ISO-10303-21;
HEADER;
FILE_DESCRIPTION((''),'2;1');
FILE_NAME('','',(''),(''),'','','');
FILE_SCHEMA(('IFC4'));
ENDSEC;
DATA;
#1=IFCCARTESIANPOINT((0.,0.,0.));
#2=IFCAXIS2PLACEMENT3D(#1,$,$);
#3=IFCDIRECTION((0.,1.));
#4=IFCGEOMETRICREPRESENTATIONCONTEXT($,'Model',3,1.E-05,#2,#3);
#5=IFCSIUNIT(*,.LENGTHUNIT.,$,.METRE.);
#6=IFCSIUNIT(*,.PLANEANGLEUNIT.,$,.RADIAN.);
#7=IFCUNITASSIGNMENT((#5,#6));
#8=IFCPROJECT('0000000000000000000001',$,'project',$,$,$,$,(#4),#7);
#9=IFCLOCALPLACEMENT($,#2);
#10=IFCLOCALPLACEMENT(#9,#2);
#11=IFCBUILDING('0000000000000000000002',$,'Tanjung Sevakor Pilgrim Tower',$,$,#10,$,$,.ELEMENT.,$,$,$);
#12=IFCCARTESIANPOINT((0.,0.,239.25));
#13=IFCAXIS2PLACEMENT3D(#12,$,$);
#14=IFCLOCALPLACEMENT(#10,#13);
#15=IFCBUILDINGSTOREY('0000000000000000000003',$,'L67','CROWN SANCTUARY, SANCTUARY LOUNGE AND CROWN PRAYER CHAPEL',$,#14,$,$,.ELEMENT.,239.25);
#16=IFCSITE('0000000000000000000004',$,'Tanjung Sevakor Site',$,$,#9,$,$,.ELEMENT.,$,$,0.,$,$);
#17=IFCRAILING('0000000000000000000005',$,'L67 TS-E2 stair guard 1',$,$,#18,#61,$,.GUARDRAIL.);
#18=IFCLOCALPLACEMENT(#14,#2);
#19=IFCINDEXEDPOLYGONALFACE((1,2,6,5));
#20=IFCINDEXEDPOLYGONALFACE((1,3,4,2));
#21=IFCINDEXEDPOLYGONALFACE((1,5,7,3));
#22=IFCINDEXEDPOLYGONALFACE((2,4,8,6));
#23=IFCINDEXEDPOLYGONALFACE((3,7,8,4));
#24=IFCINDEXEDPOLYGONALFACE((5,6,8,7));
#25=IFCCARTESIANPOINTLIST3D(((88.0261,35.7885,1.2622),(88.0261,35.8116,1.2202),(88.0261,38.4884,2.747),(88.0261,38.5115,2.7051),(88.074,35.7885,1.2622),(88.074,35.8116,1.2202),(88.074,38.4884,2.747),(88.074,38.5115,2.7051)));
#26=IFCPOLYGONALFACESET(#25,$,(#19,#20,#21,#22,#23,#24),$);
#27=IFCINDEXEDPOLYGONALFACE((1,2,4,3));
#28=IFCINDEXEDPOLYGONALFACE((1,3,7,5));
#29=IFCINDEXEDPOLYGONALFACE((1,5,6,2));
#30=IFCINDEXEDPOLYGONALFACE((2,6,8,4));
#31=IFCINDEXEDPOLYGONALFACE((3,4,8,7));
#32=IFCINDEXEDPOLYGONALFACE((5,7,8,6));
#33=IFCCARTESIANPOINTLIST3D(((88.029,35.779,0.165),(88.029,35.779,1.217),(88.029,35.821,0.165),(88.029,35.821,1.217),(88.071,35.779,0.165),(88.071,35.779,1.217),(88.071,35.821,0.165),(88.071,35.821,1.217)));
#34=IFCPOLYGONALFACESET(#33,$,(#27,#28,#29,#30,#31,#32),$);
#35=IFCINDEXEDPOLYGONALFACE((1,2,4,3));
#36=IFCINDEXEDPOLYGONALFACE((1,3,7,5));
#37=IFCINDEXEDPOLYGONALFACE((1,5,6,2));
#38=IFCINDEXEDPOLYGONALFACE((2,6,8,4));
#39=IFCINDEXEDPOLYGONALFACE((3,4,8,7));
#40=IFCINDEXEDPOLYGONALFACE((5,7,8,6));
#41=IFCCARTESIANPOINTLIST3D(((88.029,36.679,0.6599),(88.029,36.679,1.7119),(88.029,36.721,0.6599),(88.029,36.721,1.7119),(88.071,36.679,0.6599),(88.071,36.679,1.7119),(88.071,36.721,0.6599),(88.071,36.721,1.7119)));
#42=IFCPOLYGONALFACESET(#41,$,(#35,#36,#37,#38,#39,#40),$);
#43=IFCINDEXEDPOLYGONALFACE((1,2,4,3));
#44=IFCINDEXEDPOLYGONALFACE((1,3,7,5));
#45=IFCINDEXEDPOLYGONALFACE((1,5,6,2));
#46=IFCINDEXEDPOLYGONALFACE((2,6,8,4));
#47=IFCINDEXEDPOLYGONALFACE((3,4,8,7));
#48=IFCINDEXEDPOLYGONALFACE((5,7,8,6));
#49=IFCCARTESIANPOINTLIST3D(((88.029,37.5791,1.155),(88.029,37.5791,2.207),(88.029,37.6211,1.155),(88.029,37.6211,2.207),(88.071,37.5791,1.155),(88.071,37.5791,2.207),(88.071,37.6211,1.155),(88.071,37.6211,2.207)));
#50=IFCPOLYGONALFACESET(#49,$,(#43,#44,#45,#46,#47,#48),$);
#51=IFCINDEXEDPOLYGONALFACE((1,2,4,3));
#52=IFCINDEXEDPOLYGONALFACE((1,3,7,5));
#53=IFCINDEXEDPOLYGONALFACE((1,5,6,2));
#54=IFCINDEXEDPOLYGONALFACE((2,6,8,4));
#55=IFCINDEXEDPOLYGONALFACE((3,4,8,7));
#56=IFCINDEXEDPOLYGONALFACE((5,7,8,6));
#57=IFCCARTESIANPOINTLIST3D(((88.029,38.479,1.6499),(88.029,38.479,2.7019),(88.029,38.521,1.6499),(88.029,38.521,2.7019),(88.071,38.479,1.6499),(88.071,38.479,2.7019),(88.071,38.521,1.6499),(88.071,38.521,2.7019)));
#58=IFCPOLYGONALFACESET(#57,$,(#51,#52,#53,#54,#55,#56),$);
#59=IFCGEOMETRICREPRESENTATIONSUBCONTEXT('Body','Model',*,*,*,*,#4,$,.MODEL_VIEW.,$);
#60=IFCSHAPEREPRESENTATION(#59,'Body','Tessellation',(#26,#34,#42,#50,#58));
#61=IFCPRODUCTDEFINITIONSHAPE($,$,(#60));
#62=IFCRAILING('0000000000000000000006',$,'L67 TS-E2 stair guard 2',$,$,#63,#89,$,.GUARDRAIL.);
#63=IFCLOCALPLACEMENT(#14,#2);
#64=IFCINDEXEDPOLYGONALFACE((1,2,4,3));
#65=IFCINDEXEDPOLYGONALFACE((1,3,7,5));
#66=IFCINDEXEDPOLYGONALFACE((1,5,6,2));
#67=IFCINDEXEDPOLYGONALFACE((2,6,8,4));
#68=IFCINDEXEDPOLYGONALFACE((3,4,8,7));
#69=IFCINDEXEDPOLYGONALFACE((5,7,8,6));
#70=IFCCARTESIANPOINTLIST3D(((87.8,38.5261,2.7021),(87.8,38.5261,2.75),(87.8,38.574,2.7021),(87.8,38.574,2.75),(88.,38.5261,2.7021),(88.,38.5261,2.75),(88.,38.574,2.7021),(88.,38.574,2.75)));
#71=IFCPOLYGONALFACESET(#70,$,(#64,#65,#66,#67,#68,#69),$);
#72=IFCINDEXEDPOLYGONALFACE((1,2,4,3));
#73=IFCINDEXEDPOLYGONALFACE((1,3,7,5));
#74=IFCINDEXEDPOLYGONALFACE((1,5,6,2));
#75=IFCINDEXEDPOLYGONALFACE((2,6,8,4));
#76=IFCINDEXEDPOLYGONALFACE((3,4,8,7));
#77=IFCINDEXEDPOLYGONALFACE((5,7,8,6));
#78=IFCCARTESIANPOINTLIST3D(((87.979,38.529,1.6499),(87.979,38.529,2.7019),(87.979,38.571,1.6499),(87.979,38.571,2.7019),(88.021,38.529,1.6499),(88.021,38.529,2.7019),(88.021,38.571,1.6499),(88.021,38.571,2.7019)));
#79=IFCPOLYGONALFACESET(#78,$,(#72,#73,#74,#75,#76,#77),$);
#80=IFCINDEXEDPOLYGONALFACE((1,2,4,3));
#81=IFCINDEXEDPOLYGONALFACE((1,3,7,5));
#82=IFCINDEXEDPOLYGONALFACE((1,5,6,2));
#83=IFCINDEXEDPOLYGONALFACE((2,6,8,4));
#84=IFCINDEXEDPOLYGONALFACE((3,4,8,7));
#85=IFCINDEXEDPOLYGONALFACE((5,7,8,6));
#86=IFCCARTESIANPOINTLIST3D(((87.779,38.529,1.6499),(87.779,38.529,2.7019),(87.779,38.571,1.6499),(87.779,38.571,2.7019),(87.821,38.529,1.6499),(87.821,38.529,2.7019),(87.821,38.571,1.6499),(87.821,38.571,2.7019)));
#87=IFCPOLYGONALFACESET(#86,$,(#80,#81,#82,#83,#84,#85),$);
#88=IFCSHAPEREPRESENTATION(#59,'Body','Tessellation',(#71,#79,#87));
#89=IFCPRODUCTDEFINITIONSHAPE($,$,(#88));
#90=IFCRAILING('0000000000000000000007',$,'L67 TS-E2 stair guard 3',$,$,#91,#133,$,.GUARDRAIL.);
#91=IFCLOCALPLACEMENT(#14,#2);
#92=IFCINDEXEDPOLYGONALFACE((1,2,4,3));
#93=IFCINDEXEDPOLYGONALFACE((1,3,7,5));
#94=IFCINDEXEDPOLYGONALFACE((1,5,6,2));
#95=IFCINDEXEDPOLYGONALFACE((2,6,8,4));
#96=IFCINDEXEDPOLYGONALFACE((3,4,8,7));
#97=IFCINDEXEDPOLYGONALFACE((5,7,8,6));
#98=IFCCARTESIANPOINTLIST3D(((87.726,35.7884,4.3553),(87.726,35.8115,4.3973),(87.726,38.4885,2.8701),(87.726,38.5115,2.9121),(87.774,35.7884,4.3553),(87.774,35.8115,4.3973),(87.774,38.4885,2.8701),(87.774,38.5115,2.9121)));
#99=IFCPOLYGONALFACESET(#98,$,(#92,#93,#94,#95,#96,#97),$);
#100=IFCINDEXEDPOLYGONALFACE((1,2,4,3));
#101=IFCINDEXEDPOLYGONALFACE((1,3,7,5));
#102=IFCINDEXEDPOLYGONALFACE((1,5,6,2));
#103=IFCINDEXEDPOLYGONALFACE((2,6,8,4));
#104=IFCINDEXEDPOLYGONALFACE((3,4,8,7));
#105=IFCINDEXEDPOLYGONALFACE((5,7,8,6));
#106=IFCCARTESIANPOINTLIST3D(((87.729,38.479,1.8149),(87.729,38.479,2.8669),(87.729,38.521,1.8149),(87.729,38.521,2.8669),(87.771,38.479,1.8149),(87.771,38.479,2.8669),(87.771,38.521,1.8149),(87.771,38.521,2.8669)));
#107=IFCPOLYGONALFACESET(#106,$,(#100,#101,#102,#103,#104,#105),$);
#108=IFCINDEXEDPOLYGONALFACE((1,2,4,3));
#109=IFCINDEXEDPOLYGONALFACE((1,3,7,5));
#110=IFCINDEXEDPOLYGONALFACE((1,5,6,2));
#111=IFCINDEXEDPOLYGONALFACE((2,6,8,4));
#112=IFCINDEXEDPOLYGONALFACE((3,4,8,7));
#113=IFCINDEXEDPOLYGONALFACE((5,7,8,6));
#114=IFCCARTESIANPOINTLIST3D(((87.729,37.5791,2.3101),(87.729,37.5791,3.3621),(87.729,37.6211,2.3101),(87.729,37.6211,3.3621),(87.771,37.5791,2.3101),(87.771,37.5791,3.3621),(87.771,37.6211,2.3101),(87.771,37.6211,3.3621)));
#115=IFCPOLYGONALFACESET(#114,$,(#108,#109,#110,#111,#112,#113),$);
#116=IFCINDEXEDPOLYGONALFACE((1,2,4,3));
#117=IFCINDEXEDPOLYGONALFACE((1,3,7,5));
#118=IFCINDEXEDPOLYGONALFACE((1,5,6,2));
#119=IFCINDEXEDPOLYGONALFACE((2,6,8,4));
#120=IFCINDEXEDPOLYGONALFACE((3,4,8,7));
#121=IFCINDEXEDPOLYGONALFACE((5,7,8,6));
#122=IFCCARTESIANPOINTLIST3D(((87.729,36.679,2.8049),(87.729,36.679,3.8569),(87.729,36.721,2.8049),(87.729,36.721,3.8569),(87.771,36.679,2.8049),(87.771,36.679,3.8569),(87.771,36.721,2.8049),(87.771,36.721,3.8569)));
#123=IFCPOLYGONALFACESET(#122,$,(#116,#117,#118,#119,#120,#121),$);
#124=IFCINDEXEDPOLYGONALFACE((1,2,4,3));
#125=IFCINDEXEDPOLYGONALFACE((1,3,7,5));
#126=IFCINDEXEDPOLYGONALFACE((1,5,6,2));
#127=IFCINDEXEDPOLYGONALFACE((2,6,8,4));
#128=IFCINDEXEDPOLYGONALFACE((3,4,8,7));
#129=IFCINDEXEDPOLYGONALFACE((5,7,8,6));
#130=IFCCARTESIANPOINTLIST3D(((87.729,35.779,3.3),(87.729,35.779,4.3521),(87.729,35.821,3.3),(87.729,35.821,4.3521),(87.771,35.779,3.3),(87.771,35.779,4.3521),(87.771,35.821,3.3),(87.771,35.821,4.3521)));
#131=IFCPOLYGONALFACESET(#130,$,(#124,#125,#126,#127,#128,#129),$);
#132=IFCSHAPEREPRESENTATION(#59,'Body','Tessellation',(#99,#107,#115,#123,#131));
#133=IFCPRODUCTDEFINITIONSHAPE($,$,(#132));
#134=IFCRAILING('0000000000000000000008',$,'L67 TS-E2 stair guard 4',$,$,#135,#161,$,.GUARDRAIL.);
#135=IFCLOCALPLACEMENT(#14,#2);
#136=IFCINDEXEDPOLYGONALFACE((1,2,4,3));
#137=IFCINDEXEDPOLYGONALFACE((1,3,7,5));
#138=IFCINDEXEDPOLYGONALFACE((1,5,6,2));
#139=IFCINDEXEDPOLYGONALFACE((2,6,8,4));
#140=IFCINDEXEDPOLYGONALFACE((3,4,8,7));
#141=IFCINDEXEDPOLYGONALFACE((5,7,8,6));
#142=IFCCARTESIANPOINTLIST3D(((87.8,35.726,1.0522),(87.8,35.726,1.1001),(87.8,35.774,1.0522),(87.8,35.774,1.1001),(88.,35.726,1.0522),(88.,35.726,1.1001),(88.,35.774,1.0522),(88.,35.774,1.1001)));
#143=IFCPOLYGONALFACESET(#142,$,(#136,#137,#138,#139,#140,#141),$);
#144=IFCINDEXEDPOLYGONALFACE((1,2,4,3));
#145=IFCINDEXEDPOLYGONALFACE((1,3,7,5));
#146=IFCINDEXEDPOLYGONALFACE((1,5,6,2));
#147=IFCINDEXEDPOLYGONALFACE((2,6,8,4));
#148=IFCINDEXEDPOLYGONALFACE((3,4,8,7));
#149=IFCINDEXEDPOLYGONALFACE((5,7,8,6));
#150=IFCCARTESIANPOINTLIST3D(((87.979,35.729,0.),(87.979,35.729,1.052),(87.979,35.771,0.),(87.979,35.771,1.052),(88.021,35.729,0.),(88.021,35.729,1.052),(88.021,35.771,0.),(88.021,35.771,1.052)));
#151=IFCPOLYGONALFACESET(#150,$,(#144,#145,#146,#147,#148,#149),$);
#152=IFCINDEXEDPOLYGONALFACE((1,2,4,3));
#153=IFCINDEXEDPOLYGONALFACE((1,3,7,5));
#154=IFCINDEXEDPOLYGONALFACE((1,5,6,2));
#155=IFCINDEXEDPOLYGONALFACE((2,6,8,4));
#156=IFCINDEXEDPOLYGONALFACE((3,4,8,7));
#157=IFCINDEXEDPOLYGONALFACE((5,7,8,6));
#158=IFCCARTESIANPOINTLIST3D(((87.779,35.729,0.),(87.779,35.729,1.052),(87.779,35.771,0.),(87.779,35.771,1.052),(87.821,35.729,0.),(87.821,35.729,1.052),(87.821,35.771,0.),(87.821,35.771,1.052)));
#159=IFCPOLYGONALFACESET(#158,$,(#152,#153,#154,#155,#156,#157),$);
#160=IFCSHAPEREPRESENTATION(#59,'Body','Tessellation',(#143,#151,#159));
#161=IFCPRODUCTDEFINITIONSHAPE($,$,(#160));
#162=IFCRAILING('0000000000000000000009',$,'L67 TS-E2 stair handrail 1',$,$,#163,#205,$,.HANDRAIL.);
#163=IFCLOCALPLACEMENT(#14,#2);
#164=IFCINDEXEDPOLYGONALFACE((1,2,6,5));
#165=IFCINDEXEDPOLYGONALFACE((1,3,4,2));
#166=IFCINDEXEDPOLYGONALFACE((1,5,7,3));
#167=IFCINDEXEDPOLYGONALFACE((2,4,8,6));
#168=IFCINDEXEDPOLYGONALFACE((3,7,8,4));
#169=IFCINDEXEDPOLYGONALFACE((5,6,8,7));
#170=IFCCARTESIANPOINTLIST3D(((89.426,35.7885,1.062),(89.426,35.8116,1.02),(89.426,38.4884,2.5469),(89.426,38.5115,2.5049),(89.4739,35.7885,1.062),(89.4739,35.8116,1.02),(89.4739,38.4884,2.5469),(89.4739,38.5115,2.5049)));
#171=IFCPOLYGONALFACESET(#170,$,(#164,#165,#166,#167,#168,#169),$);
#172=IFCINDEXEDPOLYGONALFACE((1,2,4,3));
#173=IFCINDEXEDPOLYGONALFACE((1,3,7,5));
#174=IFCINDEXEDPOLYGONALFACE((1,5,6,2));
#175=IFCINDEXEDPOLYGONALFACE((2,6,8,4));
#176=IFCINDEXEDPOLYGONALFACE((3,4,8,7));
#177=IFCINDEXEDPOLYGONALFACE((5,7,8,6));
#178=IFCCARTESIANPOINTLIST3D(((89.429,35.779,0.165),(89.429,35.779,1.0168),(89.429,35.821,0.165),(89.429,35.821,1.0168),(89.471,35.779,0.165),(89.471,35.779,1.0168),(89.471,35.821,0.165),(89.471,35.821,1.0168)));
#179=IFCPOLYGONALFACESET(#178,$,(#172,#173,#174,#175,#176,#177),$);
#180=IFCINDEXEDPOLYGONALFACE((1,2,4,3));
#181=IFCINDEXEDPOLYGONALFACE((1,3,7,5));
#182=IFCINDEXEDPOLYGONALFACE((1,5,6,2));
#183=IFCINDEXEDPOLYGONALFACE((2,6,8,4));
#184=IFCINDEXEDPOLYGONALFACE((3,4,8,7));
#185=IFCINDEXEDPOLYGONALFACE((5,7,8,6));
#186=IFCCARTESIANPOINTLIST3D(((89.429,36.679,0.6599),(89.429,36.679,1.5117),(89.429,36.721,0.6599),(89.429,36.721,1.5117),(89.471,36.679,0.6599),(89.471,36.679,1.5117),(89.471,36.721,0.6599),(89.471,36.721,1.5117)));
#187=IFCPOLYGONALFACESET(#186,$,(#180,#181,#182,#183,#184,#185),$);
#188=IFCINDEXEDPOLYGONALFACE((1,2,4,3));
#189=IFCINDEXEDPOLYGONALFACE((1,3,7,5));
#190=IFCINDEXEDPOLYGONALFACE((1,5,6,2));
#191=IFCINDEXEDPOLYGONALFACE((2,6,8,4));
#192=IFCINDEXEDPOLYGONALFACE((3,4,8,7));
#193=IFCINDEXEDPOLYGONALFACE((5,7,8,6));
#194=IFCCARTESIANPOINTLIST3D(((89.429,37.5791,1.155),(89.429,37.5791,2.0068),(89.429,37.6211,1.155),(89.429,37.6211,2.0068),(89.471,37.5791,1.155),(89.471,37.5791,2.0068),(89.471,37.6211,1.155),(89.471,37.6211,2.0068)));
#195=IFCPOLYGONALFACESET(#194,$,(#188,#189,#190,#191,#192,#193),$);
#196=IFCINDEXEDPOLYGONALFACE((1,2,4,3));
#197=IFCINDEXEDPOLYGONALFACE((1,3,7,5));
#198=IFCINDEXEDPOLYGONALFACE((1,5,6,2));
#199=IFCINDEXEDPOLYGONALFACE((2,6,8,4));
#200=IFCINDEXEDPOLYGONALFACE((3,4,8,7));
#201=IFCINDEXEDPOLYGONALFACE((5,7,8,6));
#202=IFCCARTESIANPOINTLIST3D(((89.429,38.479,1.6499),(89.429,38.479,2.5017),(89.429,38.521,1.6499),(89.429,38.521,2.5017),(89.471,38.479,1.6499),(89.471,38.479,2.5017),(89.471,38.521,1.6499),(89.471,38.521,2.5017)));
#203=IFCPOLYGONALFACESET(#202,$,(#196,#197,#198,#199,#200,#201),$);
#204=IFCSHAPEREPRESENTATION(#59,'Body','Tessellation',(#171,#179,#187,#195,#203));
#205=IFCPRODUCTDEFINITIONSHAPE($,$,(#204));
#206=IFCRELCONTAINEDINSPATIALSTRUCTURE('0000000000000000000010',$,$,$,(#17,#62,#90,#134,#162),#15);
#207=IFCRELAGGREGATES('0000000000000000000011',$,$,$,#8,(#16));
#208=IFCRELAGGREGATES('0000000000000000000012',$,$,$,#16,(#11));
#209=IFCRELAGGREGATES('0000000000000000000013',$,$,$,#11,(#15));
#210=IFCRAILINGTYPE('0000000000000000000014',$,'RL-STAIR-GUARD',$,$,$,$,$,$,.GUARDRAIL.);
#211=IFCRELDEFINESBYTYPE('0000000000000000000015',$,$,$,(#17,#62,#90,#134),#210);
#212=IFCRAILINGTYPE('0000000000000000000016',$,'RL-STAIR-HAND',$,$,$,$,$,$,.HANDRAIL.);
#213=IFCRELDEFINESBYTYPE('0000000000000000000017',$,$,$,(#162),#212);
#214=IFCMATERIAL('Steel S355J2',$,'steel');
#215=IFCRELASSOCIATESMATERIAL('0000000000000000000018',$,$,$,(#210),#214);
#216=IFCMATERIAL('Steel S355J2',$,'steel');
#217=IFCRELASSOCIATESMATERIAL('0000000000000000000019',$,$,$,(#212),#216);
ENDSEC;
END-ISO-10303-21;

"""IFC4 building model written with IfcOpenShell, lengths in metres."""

from ifc_helpers import new_model, si_unit, direction, frame, origin, place, context, subcontext, project, spatial, rectangle, extrude, material, type_object, element, save


model = new_model("IFC4")

# Units and contexts
model_context = context("Model", 3, precision=1e-05, world=origin(), true_north=direction((0.0, 1.0)))
body_context = subcontext(model_context, "Body", "Model", "MODEL_VIEW")
ifc_project = project(units=[si_unit("LENGTHUNIT", "METRE"), si_unit("PLANEANGLEUNIT", "RADIAN")], contexts=[model_context])

# Site, building, storey
site_placement = place(None, origin())
site = spatial("IfcSite", under=ifc_project, at=site_placement, Name="Tanjung Sevakor Site", CompositionType="ELEMENT", RefElevation=0.0)
building_placement = place(site_placement, origin())
building = spatial("IfcBuilding", under=site, at=building_placement, Name="Tanjung Sevakor Pilgrim Tower", CompositionType="ELEMENT")
storey_placement = place(building_placement, frame((0.0, 0.0, 239.25)))
storey = spatial("IfcBuildingStorey", under=building, at=storey_placement, Name="L67", Description="CROWN SANCTUARY, SANCTUARY LOUNGE AND CROWN PRAYER CHAPEL", CompositionType="ELEMENT", Elevation=239.25)

# Railings
ifc_material_1 = material(Name="Steel S355J2", Category="steel")
railing_type_1 = type_object("IfcRailingType", Name="RL-STAIR-GUARD", PredefinedType="GUARDRAIL", material=ifc_material_1)
railing_1_placement = place(storey_placement, frame((88.05, 35.8, 0.165)))
element("IfcRailing", 1, at=railing_1_placement, inside=storey, type_object=railing_type_1, Name="L67 TS-E2 stair guard 1", PredefinedType="GUARDRAIL", context=body_context, shape_type="SweptSolid", body=[
    extrude(rectangle(XDim=0.0479, YDim=0.0479), frame((0.0, 0.0, 1.0762), z_axis=(0.0, 0.876231, 0.481891), x_axis=(-1.0, 0.0, 0.0)), (0.0, 0.0, 1.0), 3.0813),
    extrude(rectangle(XDim=0.042, YDim=0.042), origin(), (0.0, 0.0, 1.0), 1.052),
    extrude(rectangle(XDim=0.042, YDim=0.042), frame((0.0, 0.8999, 0.4949)), (0.0, 0.0, 1.0), 1.052),
    extrude(rectangle(XDim=0.042, YDim=0.042), frame((0.0, 1.8, 0.99)), (0.0, 0.0, 1.0), 1.052),
    extrude(rectangle(XDim=0.042, YDim=0.042), frame((0.0, 2.7, 1.4849)), (0.0, 0.0, 1.0), 1.052),
])
railing_2_placement = place(storey_placement, frame((88.0, 38.55, 1.6499)))
element("IfcRailing", 2, at=railing_2_placement, inside=storey, type_object=railing_type_1, Name="L67 TS-E2 stair guard 2", PredefinedType="GUARDRAIL", context=body_context, shape_type="SweptSolid", body=[
    extrude(rectangle(XDim=0.0479, YDim=0.0479), frame((0.0, 0.0, 1.0762), z_axis=(-1.0, 0.0, 0.0), x_axis=(0.0, -1.0, 0.0)), (0.0, 0.0, 1.0), 0.2),
    extrude(rectangle(XDim=0.042, YDim=0.042), origin(), (0.0, 0.0, 1.0), 1.052),
    extrude(rectangle(XDim=0.042, YDim=0.042), frame((-0.2, 0.0, 0.0)), (0.0, 0.0, 1.0), 1.052),
])
railing_3_placement = place(storey_placement, frame((87.75, 38.5, 1.8149)))
element("IfcRailing", 3, at=railing_3_placement, inside=storey, type_object=railing_type_1, Name="L67 TS-E2 stair guard 3", PredefinedType="GUARDRAIL", context=body_context, shape_type="SweptSolid", body=[
    extrude(rectangle(XDim=0.0479, YDim=0.0479), frame((0.0, 0.0, 1.0762), z_axis=(0.0, -0.876198, 0.481952), x_axis=(1.0, 0.0, 0.0)), (0.0, 0.0, 1.0), 3.0815),
    extrude(rectangle(XDim=0.042, YDim=0.042), origin(), (0.0, 0.0, 1.0), 1.052),
    extrude(rectangle(XDim=0.042, YDim=0.042), frame((0.0, -0.8999, 0.4951)), (0.0, 0.0, 1.0), 1.052),
    extrude(rectangle(XDim=0.042, YDim=0.042), frame((0.0, -1.8, 0.99)), (0.0, 0.0, 1.0), 1.052),
    extrude(rectangle(XDim=0.042, YDim=0.042), frame((0.0, -2.7, 1.4851)), (0.0, 0.0, 1.0), 1.052),
])
railing_4_placement = place(storey_placement, frame((88.0, 35.75, 0.0)))
element("IfcRailing", 4, at=railing_4_placement, inside=storey, type_object=railing_type_1, Name="L67 TS-E2 stair guard 4", PredefinedType="GUARDRAIL", context=body_context, shape_type="SweptSolid", body=[
    extrude(rectangle(XDim=0.0479, YDim=0.0479), frame((0.0, 0.0, 1.0762), z_axis=(-1.0, 0.0, 0.0), x_axis=(0.0, -1.0, 0.0)), (0.0, 0.0, 1.0), 0.2),
    extrude(rectangle(XDim=0.042, YDim=0.042), origin(), (0.0, 0.0, 1.0), 1.052),
    extrude(rectangle(XDim=0.042, YDim=0.042), frame((-0.2, 0.0, 0.0)), (0.0, 0.0, 1.0), 1.052),
])
ifc_material_2 = material(Name="Steel S355J2", Category="steel")
railing_type_2 = type_object("IfcRailingType", Name="RL-STAIR-HAND", PredefinedType="HANDRAIL", material=ifc_material_2)
railing_5_placement = place(storey_placement, frame((89.45, 35.8, 0.165)))
element("IfcRailing", 5, at=railing_5_placement, inside=storey, type_object=railing_type_2, Name="L67 TS-E2 stair handrail 1", PredefinedType="HANDRAIL", context=body_context, shape_type="SweptSolid", body=[
    extrude(rectangle(XDim=0.0479, YDim=0.0479), frame((0.0, 0.0, 0.876), z_axis=(0.0, 0.876231, 0.481891), x_axis=(-1.0, 0.0, 0.0)), (0.0, 0.0, 1.0), 3.0813),
    extrude(rectangle(XDim=0.042, YDim=0.042), origin(), (0.0, 0.0, 1.0), 0.8518),
    extrude(rectangle(XDim=0.042, YDim=0.042), frame((0.0, 0.8999, 0.4949)), (0.0, 0.0, 1.0), 0.8518),
    extrude(rectangle(XDim=0.042, YDim=0.042), frame((0.0, 1.8, 0.99)), (0.0, 0.0, 1.0), 0.8518),
    extrude(rectangle(XDim=0.042, YDim=0.042), frame((0.0, 2.7, 1.4849)), (0.0, 0.0, 1.0), 0.8518),
])

save(model, "model.ifc")
